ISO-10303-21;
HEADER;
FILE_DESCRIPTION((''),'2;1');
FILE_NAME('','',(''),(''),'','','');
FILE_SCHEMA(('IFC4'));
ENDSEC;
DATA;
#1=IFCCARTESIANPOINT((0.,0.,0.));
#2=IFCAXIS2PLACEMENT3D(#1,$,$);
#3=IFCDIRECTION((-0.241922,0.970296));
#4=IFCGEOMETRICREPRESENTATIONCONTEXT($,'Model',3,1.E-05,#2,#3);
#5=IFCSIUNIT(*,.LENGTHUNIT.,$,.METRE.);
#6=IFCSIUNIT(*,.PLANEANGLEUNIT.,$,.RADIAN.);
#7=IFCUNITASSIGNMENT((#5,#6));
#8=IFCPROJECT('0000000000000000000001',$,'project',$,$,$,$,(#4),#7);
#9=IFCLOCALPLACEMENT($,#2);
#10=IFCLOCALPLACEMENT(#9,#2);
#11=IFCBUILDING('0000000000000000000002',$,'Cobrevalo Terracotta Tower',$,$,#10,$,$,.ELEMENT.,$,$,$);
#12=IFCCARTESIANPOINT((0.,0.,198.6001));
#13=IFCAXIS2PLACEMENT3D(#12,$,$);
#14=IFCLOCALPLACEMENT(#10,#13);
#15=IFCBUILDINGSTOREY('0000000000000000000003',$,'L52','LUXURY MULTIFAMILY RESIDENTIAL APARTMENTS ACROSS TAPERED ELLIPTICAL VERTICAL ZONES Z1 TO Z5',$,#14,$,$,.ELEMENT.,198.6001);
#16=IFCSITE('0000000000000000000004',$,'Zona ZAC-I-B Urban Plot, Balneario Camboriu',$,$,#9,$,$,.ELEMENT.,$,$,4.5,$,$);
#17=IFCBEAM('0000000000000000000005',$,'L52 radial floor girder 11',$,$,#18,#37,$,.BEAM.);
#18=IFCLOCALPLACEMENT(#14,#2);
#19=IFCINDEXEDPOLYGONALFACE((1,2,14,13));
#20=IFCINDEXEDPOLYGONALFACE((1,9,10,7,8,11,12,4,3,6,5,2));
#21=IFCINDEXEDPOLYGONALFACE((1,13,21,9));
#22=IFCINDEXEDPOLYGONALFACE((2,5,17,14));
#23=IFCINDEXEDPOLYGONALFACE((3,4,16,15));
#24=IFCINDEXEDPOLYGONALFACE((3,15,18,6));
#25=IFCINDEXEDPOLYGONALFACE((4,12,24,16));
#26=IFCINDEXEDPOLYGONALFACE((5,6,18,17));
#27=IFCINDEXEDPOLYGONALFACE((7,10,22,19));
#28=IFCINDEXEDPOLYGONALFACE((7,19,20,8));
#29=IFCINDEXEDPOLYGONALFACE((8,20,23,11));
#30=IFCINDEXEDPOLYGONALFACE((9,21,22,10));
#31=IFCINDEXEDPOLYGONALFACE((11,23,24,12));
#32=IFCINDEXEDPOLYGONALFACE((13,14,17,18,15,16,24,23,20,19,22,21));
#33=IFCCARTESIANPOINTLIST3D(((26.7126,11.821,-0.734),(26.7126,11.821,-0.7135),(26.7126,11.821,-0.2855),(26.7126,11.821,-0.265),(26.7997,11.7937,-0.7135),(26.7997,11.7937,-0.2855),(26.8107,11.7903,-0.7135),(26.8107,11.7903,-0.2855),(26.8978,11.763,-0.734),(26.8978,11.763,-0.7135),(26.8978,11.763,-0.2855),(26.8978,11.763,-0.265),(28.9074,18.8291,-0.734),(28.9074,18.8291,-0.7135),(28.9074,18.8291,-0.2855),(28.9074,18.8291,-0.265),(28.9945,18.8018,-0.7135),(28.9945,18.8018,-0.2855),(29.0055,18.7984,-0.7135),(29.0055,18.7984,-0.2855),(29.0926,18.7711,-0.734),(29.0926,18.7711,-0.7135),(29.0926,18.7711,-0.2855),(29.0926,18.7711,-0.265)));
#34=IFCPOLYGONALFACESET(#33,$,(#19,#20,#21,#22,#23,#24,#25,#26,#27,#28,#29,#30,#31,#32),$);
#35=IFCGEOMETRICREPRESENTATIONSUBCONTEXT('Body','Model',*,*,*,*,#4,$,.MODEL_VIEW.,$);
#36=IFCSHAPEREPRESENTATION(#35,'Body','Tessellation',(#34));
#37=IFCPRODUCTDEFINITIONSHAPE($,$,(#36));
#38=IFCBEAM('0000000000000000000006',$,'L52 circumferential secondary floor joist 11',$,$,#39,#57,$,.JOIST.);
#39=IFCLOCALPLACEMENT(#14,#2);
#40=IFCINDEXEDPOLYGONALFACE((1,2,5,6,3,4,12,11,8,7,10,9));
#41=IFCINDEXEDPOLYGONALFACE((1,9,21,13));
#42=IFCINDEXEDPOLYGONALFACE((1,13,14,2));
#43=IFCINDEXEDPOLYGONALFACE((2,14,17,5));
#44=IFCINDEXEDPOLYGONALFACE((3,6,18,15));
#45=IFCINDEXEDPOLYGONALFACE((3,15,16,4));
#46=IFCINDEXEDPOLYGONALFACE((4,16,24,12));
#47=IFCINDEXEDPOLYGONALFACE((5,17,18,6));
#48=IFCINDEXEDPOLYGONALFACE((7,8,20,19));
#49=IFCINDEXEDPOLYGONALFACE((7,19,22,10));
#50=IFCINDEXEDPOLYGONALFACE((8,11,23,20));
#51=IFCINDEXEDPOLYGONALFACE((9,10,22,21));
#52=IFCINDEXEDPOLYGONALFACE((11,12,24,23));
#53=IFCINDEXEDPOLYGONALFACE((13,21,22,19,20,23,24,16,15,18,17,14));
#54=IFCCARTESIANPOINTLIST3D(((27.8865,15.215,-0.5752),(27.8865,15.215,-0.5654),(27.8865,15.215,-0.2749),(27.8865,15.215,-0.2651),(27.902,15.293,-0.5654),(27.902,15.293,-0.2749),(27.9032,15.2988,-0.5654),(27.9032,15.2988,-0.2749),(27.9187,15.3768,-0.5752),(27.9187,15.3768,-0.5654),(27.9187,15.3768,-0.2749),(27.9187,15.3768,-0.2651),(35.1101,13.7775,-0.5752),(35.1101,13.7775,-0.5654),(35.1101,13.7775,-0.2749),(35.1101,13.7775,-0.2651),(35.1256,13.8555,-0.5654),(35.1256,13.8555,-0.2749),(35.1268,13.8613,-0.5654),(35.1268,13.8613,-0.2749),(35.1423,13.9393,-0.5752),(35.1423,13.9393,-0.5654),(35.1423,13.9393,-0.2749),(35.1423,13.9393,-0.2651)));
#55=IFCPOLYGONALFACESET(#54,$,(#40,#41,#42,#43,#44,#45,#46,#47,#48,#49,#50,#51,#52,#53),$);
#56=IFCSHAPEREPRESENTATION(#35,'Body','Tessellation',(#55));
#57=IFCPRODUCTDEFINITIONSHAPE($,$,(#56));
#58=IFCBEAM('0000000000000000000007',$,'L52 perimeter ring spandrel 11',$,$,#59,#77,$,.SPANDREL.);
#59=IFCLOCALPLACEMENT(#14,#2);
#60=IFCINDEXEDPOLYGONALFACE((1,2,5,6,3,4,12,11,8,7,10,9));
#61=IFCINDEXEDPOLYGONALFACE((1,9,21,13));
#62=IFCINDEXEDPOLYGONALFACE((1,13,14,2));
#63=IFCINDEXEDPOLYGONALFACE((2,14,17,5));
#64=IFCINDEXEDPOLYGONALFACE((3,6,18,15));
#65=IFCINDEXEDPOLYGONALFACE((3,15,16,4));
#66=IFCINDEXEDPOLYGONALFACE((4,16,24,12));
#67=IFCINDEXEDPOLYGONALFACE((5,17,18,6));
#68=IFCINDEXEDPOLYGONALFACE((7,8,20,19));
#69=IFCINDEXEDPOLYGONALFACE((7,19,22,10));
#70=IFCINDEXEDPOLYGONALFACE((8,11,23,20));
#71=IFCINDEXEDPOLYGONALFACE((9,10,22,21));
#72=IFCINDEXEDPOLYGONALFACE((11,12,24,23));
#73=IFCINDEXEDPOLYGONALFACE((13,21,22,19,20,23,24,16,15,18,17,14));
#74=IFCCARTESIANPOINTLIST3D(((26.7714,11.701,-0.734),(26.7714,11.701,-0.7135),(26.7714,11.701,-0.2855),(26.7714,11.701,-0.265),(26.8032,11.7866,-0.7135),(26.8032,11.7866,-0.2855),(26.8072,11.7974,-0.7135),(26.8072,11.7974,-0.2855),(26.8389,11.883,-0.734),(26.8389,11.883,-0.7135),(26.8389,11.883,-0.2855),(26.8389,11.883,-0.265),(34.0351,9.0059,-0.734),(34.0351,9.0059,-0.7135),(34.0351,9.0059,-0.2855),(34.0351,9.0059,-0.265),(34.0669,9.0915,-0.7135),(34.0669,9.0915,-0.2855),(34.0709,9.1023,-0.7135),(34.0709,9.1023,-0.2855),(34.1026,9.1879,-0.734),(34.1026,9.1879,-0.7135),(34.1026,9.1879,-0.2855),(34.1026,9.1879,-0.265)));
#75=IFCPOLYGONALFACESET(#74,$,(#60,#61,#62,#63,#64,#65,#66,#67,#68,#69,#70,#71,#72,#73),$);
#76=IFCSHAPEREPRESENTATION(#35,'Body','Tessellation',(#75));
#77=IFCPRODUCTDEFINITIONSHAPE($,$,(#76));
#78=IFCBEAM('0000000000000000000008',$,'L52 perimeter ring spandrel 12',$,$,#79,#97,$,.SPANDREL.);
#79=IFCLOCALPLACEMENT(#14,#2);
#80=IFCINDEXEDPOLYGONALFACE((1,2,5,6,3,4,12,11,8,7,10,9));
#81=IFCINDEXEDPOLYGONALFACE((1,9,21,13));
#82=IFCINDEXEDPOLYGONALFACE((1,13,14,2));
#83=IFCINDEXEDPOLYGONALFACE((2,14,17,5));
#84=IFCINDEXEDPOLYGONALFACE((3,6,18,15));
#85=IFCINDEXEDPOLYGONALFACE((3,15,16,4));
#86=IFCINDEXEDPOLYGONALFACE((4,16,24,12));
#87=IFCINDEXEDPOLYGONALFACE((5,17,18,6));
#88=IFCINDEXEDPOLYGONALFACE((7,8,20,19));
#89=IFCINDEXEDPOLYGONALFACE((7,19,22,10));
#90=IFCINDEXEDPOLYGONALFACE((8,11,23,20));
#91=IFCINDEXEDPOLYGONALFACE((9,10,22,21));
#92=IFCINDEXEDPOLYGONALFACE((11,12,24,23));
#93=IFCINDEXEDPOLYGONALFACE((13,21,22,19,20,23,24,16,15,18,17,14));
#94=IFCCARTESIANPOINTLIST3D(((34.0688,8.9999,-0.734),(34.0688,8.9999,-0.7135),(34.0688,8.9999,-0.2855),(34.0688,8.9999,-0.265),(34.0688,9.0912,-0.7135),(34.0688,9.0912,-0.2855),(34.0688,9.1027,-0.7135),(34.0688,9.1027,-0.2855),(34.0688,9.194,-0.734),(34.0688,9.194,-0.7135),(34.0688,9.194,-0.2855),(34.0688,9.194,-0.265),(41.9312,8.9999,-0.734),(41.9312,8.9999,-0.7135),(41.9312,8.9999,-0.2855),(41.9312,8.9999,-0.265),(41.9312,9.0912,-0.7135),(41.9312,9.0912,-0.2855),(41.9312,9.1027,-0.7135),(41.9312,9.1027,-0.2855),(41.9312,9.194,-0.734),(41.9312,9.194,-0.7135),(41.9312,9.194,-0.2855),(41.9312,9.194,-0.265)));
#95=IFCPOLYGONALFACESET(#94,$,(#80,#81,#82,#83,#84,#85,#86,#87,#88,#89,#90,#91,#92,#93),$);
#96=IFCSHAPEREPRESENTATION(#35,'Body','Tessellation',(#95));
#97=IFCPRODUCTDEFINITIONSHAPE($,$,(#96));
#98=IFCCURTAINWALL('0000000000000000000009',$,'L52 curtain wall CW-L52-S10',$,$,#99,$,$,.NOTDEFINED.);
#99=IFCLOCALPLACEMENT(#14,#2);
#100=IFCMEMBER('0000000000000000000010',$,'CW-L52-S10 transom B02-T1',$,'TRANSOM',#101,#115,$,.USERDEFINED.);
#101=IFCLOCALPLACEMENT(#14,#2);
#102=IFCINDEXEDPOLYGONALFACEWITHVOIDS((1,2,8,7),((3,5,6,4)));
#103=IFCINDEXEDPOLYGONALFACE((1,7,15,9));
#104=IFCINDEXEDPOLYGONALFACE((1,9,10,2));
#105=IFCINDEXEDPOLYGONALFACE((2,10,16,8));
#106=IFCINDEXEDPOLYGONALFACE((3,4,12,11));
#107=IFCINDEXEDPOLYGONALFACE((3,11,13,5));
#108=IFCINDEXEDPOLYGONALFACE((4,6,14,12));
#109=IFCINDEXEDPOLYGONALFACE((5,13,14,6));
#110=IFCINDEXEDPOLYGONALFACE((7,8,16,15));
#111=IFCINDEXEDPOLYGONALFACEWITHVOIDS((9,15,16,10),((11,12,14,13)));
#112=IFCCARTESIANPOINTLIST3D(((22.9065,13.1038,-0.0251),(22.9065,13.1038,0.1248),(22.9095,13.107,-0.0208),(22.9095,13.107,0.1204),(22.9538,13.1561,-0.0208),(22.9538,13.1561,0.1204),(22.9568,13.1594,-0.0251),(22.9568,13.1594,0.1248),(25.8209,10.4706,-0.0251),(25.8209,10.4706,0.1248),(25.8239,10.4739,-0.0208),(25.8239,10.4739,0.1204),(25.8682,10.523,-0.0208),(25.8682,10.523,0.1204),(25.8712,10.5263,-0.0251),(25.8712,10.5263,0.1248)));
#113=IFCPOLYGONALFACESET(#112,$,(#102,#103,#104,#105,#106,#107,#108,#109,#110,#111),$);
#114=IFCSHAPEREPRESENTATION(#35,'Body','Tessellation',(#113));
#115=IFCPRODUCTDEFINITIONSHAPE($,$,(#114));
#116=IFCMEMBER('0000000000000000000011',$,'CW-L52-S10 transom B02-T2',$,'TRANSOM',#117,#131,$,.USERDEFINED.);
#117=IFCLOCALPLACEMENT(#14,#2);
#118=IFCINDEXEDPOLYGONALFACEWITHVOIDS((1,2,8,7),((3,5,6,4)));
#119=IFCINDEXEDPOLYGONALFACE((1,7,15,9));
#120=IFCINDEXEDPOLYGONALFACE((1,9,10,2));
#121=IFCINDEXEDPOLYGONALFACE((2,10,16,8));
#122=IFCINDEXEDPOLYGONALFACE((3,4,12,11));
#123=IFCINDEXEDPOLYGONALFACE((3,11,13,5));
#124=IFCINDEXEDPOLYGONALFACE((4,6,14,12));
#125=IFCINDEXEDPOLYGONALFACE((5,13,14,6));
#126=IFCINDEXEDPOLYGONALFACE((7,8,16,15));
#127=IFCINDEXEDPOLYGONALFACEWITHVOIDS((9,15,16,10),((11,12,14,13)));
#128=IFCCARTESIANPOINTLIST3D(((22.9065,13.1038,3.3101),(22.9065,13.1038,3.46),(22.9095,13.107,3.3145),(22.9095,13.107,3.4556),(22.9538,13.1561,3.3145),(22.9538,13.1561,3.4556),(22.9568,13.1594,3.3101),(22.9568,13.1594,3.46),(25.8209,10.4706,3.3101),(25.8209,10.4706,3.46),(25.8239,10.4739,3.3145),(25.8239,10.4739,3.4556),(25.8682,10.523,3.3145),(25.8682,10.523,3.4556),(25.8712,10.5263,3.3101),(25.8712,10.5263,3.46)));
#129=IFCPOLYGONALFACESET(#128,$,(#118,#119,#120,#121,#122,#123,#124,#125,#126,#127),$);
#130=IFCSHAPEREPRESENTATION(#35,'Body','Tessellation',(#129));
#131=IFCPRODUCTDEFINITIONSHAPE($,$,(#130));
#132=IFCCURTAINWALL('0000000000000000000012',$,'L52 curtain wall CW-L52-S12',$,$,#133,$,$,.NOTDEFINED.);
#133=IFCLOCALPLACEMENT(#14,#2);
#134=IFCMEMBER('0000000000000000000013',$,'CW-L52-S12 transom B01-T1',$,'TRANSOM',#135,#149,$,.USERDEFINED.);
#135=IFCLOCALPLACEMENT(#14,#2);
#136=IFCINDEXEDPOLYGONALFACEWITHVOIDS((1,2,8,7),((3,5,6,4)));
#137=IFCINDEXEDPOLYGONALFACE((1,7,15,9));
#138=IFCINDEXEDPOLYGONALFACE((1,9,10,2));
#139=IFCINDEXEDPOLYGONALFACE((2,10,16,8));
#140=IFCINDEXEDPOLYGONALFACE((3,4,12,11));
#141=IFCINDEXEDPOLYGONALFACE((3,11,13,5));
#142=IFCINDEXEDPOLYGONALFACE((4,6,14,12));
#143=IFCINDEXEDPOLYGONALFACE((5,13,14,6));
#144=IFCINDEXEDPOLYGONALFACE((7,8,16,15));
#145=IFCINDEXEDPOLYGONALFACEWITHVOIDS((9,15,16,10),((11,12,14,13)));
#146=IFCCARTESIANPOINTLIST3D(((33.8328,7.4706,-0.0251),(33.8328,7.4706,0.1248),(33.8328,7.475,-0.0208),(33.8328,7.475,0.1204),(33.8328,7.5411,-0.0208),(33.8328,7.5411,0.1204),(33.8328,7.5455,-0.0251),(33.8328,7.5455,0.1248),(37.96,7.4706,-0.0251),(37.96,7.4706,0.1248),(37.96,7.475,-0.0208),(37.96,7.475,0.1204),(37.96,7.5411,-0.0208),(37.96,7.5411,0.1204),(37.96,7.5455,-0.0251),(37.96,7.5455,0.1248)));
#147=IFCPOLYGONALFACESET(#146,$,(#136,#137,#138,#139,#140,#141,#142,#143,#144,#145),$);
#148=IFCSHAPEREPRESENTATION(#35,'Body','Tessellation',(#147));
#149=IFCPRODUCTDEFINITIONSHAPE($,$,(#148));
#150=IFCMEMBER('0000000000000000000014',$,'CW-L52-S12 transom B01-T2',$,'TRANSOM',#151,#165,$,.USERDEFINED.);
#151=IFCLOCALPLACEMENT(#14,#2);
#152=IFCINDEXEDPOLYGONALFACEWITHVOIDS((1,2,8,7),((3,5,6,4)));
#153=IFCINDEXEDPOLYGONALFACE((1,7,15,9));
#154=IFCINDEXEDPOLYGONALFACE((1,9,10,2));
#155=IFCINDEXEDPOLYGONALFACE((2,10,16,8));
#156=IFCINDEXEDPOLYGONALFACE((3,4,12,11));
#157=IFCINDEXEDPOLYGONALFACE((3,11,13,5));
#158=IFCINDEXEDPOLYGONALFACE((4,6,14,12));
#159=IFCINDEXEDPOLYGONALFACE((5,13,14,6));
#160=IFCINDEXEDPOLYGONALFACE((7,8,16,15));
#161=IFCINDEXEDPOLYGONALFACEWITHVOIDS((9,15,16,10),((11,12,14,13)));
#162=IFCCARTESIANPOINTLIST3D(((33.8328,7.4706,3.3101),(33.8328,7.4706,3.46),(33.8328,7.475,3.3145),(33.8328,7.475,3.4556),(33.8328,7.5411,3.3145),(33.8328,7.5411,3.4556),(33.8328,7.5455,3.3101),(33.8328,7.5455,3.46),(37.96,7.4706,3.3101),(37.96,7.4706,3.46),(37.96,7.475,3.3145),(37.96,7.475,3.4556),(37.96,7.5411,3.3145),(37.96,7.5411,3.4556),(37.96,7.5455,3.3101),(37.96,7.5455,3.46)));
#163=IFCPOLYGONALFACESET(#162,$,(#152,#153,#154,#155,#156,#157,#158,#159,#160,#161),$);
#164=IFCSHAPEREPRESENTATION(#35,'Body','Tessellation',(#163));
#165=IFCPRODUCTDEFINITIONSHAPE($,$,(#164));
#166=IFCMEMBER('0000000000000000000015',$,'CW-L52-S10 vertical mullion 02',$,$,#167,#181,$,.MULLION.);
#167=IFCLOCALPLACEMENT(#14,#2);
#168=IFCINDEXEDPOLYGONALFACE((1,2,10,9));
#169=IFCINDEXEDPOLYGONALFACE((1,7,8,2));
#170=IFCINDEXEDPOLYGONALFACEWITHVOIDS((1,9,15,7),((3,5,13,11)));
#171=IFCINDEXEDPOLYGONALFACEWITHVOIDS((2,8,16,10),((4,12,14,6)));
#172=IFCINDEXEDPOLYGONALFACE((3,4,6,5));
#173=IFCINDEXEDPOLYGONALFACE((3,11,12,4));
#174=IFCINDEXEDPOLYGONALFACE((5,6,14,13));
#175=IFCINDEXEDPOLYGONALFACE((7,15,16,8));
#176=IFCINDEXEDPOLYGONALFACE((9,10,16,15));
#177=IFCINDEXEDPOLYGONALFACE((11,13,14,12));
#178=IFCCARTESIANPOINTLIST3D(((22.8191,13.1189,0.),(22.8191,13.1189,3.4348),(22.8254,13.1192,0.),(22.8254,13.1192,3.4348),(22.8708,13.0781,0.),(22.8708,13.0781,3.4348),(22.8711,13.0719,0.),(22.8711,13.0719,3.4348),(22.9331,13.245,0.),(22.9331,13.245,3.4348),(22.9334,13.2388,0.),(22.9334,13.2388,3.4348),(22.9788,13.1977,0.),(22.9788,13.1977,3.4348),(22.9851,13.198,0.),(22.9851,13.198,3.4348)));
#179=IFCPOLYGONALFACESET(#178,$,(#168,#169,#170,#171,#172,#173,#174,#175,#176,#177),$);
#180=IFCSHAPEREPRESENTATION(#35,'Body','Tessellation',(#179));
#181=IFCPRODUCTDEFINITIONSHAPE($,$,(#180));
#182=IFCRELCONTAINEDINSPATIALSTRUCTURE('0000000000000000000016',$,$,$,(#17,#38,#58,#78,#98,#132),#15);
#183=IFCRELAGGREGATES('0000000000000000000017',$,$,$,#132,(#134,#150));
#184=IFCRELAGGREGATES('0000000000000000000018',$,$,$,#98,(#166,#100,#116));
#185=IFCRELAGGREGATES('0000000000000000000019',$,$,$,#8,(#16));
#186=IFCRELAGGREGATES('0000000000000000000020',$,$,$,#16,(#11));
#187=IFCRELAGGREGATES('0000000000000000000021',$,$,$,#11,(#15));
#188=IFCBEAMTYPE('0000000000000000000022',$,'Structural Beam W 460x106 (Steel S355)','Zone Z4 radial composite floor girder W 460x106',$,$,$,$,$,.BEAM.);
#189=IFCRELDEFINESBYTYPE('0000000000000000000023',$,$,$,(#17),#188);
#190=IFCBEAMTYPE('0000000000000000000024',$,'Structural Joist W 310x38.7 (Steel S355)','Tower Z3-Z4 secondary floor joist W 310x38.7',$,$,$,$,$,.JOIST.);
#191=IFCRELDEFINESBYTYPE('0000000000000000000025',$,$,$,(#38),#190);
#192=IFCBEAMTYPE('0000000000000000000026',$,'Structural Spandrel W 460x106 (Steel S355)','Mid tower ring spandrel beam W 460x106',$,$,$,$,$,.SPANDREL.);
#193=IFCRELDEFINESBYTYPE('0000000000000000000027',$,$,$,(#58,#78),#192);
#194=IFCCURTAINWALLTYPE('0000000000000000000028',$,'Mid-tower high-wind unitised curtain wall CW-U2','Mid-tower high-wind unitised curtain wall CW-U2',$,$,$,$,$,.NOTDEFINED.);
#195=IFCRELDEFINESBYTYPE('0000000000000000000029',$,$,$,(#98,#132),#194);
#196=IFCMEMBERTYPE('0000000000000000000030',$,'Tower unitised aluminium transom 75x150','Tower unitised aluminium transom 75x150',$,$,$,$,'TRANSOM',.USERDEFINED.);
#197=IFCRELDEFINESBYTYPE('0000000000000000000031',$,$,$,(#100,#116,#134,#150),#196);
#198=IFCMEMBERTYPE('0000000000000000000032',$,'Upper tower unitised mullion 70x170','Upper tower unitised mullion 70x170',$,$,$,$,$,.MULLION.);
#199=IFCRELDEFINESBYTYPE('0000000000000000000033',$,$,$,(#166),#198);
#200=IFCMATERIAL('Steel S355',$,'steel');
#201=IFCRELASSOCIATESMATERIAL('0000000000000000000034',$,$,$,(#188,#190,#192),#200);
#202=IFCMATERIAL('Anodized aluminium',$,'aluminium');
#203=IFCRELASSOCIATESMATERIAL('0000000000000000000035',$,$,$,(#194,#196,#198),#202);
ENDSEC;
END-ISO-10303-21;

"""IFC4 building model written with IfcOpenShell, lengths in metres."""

from ifc_helpers import new_model, si_unit, direction, frame, origin, origin_2d, place, context, subcontext, project, spatial, hollow_rectangle, i_section, extrude, source, transform, mapped, material, material_profile, profile_set, type_object, element, aggregate, save


model = new_model("IFC4")

# Units and contexts
model_context = context("Model", 3, precision=1e-05, world=origin(), true_north=direction((-0.241922, 0.970296)))
body_context = subcontext(model_context, "Body", "Model", "MODEL_VIEW")
ifc_project = project(units=[si_unit("LENGTHUNIT", "METRE"), si_unit("PLANEANGLEUNIT", "RADIAN")], contexts=[model_context])

# Site, building, storey
site_placement = place(None, origin())
site = spatial("IfcSite", under=ifc_project, at=site_placement, Name="Zona ZAC-I-B Urban Plot, Balneario Camboriu", CompositionType="ELEMENT", RefElevation=4.5)
building_placement = place(site_placement, origin())
building = spatial("IfcBuilding", under=site, at=building_placement, Name="Cobrevalo Terracotta Tower", CompositionType="ELEMENT")
storey_placement = place(building_placement, frame((0.0, 0.0, 198.6001)))
storey = spatial("IfcBuildingStorey", under=building, at=storey_placement, Name="L52", Description="LUXURY MULTIFAMILY RESIDENTIAL APARTMENTS ACROSS TAPERED ELLIPTICAL VERTICAL ZONES Z1 TO Z5", CompositionType="ELEMENT", Elevation=198.6001)

# Shared definitions
ifc_material_1 = material(Name="Steel S355", Category="steel")

# Beams
ifc_material_profile_1 = material_profile(ifc_material_1, i_section(OverallWidth=0.1941, OverallDepth=0.469, WebThickness=0.0115, FlangeThickness=0.0205, at=origin_2d()), Name="W 460x106")
ifc_profile_set_1 = profile_set([ifc_material_profile_1], Name="Steel S355")
beam_type_1 = type_object("IfcBeamType", Name="Structural Beam W 460x106 (Steel S355)", Description="Zone Z4 radial composite floor girder W 460x106", PredefinedType="BEAM", material=ifc_profile_set_1)
beam_1_placement = place(storey_placement, frame((26.8052, 11.792, -0.4995), z_axis=(0.298871, 0.954293, 0.0), x_axis=(-0.954293, 0.298871, 0.0)))
element("IfcBeam", 1, at=beam_1_placement, inside=storey, type_object=beam_type_1, Name="L52 radial floor girder 11", PredefinedType="BEAM", context=body_context, shape_type="SweptSolid", body=[
    extrude(i_section(OverallWidth=0.1941, OverallDepth=0.469, WebThickness=0.0115, FlangeThickness=0.0205, at=origin_2d()), origin(), (0.0, 0.0, 1.0), 7.3438),
])
ifc_material_profile_2 = material_profile(ifc_material_1, i_section(OverallWidth=0.165, OverallDepth=0.3101, WebThickness=0.0059, FlangeThickness=0.0098, at=origin_2d()), Name="W 310x38.7")
ifc_profile_set_2 = profile_set([ifc_material_profile_2], Name="Steel S355")
beam_type_2 = type_object("IfcBeamType", Name="Structural Joist W 310x38.7 (Steel S355)", Description="Tower Z3-Z4 secondary floor joist W 310x38.7", PredefinedType="JOIST", material=ifc_profile_set_2)
beam_2_placement = place(storey_placement, frame((27.9026, 15.2959, -0.4202), z_axis=(0.980769, -0.195173, 0.0), x_axis=(0.195173, 0.980769, 0.0)))
element("IfcBeam", 2, at=beam_2_placement, inside=storey, type_object=beam_type_2, Name="L52 circumferential secondary floor joist 11", PredefinedType="JOIST", context=body_context, shape_type="SweptSolid", body=[
    extrude(i_section(OverallWidth=0.165, OverallDepth=0.3101, WebThickness=0.0059, FlangeThickness=0.0098, at=origin_2d()), origin(), (0.0, 0.0, 1.0), 7.3652),
])
ifc_material_profile_3 = material_profile(ifc_material_1, i_section(OverallWidth=0.1941, OverallDepth=0.469, WebThickness=0.0115, FlangeThickness=0.0205, at=origin_2d()), Name="W 460x106")
ifc_profile_set_3 = profile_set([ifc_material_profile_3], Name="Steel S355")
beam_type_3 = type_object("IfcBeamType", Name="Structural Spandrel W 460x106 (Steel S355)", Description="Mid tower ring spandrel beam W 460x106", PredefinedType="SPANDREL", material=ifc_profile_set_3)
beam_3_placement = place(storey_placement, frame((26.8052, 11.792, -0.4995), z_axis=(0.937546, -0.347861, 0.0), x_axis=(0.347861, 0.937546, 0.0)))
element("IfcBeam", 3, at=beam_3_placement, inside=storey, type_object=beam_type_3, Name="L52 perimeter ring spandrel 11", PredefinedType="SPANDREL", context=body_context, shape_type="SweptSolid", body=[
    extrude(i_section(OverallWidth=0.1941, OverallDepth=0.469, WebThickness=0.0115, FlangeThickness=0.0205, at=origin_2d()), origin(), (0.0, 0.0, 1.0), 7.7476),
])
beam_4_placement = place(storey_placement, frame((34.0688, 9.0969, -0.4995), z_axis=(1.0, 0.0, 0.0), x_axis=(0.0, 1.0, 0.0)))
element("IfcBeam", 4, at=beam_4_placement, inside=storey, type_object=beam_type_3, Name="L52 perimeter ring spandrel 12", PredefinedType="SPANDREL", context=body_context, shape_type="SweptSolid", body=[
    extrude(i_section(OverallWidth=0.1941, OverallDepth=0.469, WebThickness=0.0115, FlangeThickness=0.0205, at=origin_2d()), origin(), (0.0, 0.0, 1.0), 7.8623),
])

# Curtain walls, members
ifc_material_2 = material(Name="Anodized aluminium", Category="aluminium")
curtain_wall_type = type_object("IfcCurtainWallType", Name="Mid-tower high-wind unitised curtain wall CW-U2", Description="Mid-tower high-wind unitised curtain wall CW-U2", PredefinedType="NOTDEFINED", material=ifc_material_2)
curtain_wall_1_placement = place(storey_placement, origin())
curtain_wall_1 = element("IfcCurtainWall", 5, at=curtain_wall_1_placement, inside=storey, type_object=curtain_wall_type, Name="L52 curtain wall CW-L52-S10", PredefinedType="NOTDEFINED")
ifc_material_profile_4 = material_profile(ifc_material_2, hollow_rectangle(XDim=0.075, YDim=0.1499, WallThickness=0.0044, at=origin_2d()), Name="CWT 75x150")
ifc_profile_set_4 = profile_set([ifc_material_profile_4], Name="Anodized aluminium")
member_type_1 = type_object("IfcMemberType", Name="Tower unitised aluminium transom 75x150", Description="Tower unitised aluminium transom 75x150", ElementType="TRANSOM", PredefinedType="USERDEFINED", material=ifc_profile_set_4)
shared_shape_1 = source(origin(), body_context, "Body", "SweptSolid", [
    extrude(hollow_rectangle(XDim=0.075, YDim=0.1499, WallThickness=0.0044, at=origin_2d()), origin(), (0.0, 0.0, 1.0), 3.9277),
])
member_1_placement = place(storey_placement, frame((22.9316, 13.1316, 0.0498), z_axis=(0.742004, -0.670396, 0.0), x_axis=(0.670396, 0.742004, 0.0)))
member_1 = element("IfcMember", 6, at=member_1_placement, type_object=member_type_1, Name="CW-L52-S10 transom B02-T1", ObjectType="TRANSOM", PredefinedType="USERDEFINED", context=body_context, shape_type="MappedRepresentation", body=[
    mapped(shared_shape_1, transform((0.0, 0.0, 0.0), scale=1.0)),
])
member_2_placement = place(storey_placement, frame((22.9316, 13.1316, 3.385), z_axis=(0.742004, -0.670396, 0.0), x_axis=(0.670396, 0.742004, 0.0)))
member_2 = element("IfcMember", 7, at=member_2_placement, type_object=member_type_1, Name="CW-L52-S10 transom B02-T2", ObjectType="TRANSOM", PredefinedType="USERDEFINED", context=body_context, shape_type="MappedRepresentation", body=[
    mapped(shared_shape_1, transform((0.0, 0.0, 0.0), scale=1.0)),
])
curtain_wall_2_placement = place(storey_placement, origin())
curtain_wall_2 = element("IfcCurtainWall", 8, at=curtain_wall_2_placement, inside=storey, type_object=curtain_wall_type, Name="L52 curtain wall CW-L52-S12", PredefinedType="NOTDEFINED")
shared_shape_2 = source(origin(), body_context, "Body", "SweptSolid", [
    extrude(hollow_rectangle(XDim=0.075, YDim=0.1499, WallThickness=0.0044, at=origin_2d()), origin(), (0.0, 0.0, 1.0), 4.1272),
])
member_3_placement = place(storey_placement, frame((33.8328, 7.5081, 0.0498), z_axis=(1.0, 0.0, 0.0), x_axis=(0.0, 1.0, 0.0)))
member_3 = element("IfcMember", 9, at=member_3_placement, type_object=member_type_1, Name="CW-L52-S12 transom B01-T1", ObjectType="TRANSOM", PredefinedType="USERDEFINED", context=body_context, shape_type="MappedRepresentation", body=[
    mapped(shared_shape_2, transform((0.0, 0.0, 0.0), scale=1.0)),
])
member_4_placement = place(storey_placement, frame((33.8328, 7.5081, 3.385), z_axis=(1.0, 0.0, 0.0), x_axis=(0.0, 1.0, 0.0)))
member_4 = element("IfcMember", 10, at=member_4_placement, type_object=member_type_1, Name="CW-L52-S12 transom B01-T2", ObjectType="TRANSOM", PredefinedType="USERDEFINED", context=body_context, shape_type="MappedRepresentation", body=[
    mapped(shared_shape_2, transform((0.0, 0.0, 0.0), scale=1.0)),
])

# Member
ifc_material_profile_5 = material_profile(ifc_material_2, hollow_rectangle(XDim=0.0701, YDim=0.1699, WallThickness=0.0044, at=origin_2d()), Name="CWM 70x170")
ifc_profile_set_5 = profile_set([ifc_material_profile_5], Name="Anodized aluminium")
member_type_2 = type_object("IfcMemberType", Name="Upper tower unitised mullion 70x170", Description="Upper tower unitised mullion 70x170", PredefinedType="MULLION", material=ifc_profile_set_5)
shared_shape_3 = source(origin(), body_context, "Body", "SweptSolid", [
    extrude(hollow_rectangle(XDim=0.0701, YDim=0.1699, WallThickness=0.0044, at=origin_2d()), origin(), (0.0, 0.0, 1.0), 3.4348),
])
member_5_placement = place(storey_placement, frame((22.9021, 13.1584, 0.0), z_axis=(0.0, 0.0, 1.0), x_axis=(0.741988, -0.670414, 0.0)))
member_5 = element("IfcMember", 11, at=member_5_placement, type_object=member_type_2, Name="CW-L52-S10 vertical mullion 02", PredefinedType="MULLION", context=body_context, shape_type="MappedRepresentation", body=[
    mapped(shared_shape_3, transform((0.0, 0.0, 0.0), scale=1.0)),
])
aggregate(curtain_wall_2, [member_3, member_4])

aggregate(curtain_wall_1, [member_5, member_1, member_2])

save(model, "model.ifc")
